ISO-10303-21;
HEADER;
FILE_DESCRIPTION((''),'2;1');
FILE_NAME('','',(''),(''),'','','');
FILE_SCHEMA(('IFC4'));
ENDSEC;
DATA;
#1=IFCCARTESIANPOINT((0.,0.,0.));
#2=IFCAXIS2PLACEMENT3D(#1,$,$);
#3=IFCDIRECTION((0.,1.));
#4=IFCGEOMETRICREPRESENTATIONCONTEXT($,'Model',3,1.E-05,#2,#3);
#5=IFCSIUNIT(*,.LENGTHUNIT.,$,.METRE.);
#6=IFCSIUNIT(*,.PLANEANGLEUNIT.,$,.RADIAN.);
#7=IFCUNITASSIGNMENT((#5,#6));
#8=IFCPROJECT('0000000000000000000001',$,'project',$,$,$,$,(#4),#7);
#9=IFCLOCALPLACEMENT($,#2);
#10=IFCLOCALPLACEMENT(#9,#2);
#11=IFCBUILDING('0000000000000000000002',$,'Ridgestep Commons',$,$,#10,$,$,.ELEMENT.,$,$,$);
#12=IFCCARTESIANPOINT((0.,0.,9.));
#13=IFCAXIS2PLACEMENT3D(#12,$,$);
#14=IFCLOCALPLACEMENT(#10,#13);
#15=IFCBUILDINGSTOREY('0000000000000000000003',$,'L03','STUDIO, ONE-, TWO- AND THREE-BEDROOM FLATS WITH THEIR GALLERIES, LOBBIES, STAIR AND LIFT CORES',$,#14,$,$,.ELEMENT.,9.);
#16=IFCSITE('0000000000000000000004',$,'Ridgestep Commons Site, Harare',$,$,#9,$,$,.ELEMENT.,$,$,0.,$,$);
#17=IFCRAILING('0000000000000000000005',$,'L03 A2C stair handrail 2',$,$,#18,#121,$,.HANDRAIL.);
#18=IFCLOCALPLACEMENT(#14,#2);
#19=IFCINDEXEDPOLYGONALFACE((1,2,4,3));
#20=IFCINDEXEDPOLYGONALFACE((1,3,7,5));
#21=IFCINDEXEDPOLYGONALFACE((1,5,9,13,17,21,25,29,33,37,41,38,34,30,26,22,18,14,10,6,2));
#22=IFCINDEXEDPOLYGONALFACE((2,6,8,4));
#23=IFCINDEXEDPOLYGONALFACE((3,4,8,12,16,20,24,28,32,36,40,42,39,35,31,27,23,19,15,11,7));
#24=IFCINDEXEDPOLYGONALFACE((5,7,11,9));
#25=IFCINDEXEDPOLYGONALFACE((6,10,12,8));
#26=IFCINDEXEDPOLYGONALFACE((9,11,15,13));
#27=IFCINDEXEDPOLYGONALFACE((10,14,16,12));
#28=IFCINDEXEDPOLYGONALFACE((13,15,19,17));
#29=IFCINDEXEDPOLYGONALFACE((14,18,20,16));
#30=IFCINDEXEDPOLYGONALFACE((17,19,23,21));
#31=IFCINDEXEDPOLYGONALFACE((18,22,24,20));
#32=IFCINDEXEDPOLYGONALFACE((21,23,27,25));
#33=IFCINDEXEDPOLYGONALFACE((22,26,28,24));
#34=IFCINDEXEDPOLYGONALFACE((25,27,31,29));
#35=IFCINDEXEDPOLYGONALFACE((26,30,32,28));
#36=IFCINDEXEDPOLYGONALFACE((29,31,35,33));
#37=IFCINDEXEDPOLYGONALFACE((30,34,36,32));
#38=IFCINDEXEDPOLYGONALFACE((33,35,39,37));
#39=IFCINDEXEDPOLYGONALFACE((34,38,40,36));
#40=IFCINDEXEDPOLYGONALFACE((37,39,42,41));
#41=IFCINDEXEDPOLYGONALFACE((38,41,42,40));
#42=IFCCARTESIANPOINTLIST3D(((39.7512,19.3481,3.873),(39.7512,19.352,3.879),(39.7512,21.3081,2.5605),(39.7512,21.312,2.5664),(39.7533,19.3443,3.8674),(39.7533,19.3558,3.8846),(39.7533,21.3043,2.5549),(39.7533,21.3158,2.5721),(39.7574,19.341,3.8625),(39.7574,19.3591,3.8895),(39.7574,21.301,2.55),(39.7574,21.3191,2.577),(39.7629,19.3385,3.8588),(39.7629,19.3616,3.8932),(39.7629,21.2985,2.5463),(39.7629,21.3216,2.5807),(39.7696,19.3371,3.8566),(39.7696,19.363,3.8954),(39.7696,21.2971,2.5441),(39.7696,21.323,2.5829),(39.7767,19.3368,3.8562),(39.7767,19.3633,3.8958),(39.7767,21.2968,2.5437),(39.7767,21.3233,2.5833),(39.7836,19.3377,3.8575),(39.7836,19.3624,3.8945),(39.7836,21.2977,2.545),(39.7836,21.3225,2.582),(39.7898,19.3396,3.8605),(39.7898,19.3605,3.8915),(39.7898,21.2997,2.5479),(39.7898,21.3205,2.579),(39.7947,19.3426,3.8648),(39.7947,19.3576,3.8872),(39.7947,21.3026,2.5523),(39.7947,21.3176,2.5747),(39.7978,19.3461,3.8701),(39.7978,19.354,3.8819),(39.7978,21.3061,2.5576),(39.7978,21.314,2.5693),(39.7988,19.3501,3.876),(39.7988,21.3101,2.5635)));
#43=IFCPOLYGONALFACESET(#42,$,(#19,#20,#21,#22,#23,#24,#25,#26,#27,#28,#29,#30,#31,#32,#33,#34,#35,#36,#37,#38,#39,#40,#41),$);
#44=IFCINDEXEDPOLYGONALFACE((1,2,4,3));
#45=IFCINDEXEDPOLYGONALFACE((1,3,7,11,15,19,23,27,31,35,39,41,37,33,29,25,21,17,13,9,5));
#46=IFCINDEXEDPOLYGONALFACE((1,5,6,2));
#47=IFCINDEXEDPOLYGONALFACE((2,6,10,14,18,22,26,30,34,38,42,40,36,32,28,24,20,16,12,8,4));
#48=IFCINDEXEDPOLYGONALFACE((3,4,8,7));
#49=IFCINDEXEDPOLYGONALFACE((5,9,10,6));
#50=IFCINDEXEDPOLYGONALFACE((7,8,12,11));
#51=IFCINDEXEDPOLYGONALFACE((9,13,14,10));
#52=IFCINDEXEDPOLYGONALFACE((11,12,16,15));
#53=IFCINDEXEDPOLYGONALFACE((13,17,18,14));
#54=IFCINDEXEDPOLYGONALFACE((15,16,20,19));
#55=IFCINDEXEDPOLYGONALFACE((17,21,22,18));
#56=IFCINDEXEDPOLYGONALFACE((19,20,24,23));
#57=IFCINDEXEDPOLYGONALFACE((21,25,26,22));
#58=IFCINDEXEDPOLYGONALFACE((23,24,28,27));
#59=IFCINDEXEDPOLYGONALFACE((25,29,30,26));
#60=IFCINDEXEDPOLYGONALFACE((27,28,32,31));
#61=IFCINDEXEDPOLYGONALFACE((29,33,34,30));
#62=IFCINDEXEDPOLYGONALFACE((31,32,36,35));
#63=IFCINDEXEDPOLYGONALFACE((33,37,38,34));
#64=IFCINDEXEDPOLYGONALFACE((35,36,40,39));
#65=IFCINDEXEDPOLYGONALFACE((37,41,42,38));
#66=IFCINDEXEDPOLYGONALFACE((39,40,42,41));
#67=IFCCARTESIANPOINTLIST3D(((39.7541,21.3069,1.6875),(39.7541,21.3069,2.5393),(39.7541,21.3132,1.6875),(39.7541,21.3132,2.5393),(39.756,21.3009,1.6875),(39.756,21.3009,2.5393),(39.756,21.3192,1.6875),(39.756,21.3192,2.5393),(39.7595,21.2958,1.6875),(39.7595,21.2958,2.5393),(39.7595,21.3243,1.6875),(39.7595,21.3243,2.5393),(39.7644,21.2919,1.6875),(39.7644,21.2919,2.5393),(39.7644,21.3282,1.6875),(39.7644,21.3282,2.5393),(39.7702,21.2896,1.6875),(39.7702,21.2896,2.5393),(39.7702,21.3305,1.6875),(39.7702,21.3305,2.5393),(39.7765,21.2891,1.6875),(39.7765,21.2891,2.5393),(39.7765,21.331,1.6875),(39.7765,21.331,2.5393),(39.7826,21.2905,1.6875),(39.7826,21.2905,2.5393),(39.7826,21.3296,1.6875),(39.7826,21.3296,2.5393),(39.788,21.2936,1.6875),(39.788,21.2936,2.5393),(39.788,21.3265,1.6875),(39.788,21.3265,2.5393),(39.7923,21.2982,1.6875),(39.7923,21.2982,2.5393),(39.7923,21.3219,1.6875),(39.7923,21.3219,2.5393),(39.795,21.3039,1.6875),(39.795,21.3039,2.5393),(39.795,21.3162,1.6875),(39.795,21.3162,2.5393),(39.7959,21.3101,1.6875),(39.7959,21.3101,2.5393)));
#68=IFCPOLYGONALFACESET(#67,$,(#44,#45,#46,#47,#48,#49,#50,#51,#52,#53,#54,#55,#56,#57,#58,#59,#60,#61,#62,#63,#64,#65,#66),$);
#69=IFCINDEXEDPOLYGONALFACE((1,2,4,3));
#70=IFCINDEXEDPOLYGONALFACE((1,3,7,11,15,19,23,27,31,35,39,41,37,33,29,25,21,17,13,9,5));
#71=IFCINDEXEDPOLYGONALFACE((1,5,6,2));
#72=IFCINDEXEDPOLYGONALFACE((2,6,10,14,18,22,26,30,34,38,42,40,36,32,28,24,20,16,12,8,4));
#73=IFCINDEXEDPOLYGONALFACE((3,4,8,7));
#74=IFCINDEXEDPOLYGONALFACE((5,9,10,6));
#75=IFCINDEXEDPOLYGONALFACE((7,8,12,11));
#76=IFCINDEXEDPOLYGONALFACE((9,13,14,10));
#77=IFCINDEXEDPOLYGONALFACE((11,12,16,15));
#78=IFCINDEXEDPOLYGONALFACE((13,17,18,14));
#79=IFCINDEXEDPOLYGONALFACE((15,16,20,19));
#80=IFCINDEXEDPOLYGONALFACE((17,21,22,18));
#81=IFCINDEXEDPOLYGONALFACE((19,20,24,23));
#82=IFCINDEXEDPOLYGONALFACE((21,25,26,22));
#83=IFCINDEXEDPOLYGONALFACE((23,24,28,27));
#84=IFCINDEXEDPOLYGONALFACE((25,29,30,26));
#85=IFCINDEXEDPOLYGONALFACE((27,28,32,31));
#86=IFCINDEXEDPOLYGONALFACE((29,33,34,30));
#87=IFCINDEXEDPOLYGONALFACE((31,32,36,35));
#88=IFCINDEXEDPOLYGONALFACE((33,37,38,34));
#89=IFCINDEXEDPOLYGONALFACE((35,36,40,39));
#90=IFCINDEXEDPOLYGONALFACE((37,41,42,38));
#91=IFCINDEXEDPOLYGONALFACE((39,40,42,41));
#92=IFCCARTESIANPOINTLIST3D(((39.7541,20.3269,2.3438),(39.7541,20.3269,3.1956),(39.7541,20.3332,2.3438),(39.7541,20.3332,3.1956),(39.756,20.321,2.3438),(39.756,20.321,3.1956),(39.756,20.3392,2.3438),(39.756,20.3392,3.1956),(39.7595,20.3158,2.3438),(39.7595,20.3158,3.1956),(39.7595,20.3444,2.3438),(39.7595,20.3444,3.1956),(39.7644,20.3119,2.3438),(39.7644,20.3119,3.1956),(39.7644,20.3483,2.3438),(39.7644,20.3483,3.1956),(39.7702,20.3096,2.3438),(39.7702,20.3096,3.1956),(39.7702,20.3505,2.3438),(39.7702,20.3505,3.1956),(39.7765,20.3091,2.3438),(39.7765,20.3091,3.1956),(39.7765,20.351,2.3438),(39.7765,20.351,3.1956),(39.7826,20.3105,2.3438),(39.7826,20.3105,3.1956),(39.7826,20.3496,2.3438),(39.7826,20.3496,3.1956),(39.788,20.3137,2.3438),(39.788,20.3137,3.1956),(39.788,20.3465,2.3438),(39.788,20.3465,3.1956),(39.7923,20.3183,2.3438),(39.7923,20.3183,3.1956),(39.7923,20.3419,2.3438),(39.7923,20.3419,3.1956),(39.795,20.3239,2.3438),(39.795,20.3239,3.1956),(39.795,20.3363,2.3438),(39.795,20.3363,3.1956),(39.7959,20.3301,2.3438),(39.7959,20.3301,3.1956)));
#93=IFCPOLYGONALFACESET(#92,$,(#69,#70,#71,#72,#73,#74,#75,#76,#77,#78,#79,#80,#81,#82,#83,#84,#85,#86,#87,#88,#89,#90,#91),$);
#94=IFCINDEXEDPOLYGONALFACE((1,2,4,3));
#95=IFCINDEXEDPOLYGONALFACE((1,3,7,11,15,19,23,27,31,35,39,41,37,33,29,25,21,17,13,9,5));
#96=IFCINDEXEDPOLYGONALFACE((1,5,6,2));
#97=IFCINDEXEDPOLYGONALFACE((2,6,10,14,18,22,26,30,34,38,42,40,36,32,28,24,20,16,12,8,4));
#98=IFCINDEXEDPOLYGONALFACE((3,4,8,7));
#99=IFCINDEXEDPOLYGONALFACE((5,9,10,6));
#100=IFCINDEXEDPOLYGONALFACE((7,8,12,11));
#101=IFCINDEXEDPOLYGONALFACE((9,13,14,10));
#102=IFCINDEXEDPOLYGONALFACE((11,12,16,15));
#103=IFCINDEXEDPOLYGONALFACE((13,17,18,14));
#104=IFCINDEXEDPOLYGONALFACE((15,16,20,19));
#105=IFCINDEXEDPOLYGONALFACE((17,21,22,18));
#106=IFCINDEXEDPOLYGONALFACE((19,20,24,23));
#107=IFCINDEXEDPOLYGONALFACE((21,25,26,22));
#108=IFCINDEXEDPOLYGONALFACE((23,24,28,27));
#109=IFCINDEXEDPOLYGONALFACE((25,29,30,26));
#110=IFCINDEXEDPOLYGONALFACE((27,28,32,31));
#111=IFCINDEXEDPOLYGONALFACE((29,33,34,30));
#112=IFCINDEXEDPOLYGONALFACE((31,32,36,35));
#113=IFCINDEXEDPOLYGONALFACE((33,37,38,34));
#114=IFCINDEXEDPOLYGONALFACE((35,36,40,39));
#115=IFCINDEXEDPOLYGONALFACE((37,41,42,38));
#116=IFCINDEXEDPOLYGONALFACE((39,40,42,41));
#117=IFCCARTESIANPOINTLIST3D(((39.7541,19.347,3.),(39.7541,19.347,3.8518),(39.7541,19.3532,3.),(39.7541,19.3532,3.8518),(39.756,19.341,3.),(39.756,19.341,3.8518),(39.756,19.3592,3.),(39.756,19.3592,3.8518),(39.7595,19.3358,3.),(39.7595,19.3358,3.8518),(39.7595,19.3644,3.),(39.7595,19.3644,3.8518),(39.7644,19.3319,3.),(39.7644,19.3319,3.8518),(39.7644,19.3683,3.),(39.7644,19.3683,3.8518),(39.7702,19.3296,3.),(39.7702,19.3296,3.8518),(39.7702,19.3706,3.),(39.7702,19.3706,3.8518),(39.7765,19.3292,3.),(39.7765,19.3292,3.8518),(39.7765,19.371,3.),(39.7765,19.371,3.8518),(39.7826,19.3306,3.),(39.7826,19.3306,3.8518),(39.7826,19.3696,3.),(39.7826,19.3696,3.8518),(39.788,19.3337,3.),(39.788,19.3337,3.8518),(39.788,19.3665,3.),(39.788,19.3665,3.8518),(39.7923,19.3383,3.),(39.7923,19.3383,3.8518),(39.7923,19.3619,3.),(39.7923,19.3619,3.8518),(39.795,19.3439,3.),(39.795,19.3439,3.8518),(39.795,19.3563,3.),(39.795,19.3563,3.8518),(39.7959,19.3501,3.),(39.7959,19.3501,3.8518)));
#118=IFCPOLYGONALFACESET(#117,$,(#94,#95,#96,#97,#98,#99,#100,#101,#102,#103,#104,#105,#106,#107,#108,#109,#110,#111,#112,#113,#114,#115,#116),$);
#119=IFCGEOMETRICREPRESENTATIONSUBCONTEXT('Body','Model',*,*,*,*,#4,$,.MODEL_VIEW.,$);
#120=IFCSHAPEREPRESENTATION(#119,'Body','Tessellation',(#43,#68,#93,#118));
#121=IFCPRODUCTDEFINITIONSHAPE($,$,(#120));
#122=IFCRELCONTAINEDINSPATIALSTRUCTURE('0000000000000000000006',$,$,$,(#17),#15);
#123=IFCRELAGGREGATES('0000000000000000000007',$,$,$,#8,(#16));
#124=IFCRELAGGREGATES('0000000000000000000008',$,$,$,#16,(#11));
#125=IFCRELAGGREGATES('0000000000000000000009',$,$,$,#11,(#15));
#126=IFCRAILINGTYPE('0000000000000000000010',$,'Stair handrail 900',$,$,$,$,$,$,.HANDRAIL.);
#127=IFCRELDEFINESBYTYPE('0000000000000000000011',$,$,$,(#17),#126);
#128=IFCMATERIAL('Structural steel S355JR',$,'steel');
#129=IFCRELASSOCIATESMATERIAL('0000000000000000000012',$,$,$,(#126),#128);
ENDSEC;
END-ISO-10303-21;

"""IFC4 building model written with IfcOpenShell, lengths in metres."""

from ifc_helpers import new_model, si_unit, direction, frame, origin, origin_2d, place, context, subcontext, project, spatial, circle, extrude, material, type_object, element, save


model = new_model("IFC4")

# Units and contexts
model_context = context("Model", 3, precision=1e-05, world=origin(), true_north=direction((0.0, 1.0)))
body_context = subcontext(model_context, "Body", "Model", "MODEL_VIEW")
ifc_project = project(units=[si_unit("LENGTHUNIT", "METRE"), si_unit("PLANEANGLEUNIT", "RADIAN")], contexts=[model_context])

# Site, building, storey
site_placement = place(None, origin())
site = spatial("IfcSite", under=ifc_project, at=site_placement, Name="Ridgestep Commons Site, Harare", CompositionType="ELEMENT", RefElevation=0.0)
building_placement = place(site_placement, origin())
building = spatial("IfcBuilding", under=site, at=building_placement, Name="Ridgestep Commons", CompositionType="ELEMENT")
storey_placement = place(building_placement, frame((0.0, 0.0, 9.0)))
storey = spatial("IfcBuildingStorey", under=building, at=storey_placement, Name="L03", Description="STUDIO, ONE-, TWO- AND THREE-BEDROOM FLATS WITH THEIR GALLERIES, LOBBIES, STAIR AND LIFT CORES", CompositionType="ELEMENT", Elevation=9.0)

# Railing
ifc_material_1 = material(Name="Structural steel S355JR", Category="steel")
railing_type_1 = type_object("IfcRailingType", Name="Stair handrail 900", PredefinedType="HANDRAIL", material=ifc_material_1)
railing_1_placement = place(storey_placement, frame((39.7749, 21.3101, 1.6875)))
element("IfcRailing", 1, at=railing_1_placement, inside=storey, type_object=railing_type_1, Name="L03 A2C stair handrail 2", PredefinedType="HANDRAIL", context=body_context, shape_type="SweptSolid", body=[
    extrude(circle(Radius=0.0239, at=origin_2d()), frame((0.0, 0.0, 0.876), z_axis=(0.0, -0.830902, 0.556419), x_axis=(1.0, 0.0, 0.0)), (0.0, 0.0, 1.0), 2.3589),
    extrude(circle(Radius=0.021, at=origin_2d()), origin(), (0.0, 0.0, 1.0), 0.8518),
    extrude(circle(Radius=0.021, at=origin_2d()), frame((0.0, -0.98, 0.6562)), (0.0, 0.0, 1.0), 0.8518),
    extrude(circle(Radius=0.021, at=origin_2d()), frame((0.0, -1.96, 1.3125)), (0.0, 0.0, 1.0), 0.8518),
])

save(model, "model.ifc")
